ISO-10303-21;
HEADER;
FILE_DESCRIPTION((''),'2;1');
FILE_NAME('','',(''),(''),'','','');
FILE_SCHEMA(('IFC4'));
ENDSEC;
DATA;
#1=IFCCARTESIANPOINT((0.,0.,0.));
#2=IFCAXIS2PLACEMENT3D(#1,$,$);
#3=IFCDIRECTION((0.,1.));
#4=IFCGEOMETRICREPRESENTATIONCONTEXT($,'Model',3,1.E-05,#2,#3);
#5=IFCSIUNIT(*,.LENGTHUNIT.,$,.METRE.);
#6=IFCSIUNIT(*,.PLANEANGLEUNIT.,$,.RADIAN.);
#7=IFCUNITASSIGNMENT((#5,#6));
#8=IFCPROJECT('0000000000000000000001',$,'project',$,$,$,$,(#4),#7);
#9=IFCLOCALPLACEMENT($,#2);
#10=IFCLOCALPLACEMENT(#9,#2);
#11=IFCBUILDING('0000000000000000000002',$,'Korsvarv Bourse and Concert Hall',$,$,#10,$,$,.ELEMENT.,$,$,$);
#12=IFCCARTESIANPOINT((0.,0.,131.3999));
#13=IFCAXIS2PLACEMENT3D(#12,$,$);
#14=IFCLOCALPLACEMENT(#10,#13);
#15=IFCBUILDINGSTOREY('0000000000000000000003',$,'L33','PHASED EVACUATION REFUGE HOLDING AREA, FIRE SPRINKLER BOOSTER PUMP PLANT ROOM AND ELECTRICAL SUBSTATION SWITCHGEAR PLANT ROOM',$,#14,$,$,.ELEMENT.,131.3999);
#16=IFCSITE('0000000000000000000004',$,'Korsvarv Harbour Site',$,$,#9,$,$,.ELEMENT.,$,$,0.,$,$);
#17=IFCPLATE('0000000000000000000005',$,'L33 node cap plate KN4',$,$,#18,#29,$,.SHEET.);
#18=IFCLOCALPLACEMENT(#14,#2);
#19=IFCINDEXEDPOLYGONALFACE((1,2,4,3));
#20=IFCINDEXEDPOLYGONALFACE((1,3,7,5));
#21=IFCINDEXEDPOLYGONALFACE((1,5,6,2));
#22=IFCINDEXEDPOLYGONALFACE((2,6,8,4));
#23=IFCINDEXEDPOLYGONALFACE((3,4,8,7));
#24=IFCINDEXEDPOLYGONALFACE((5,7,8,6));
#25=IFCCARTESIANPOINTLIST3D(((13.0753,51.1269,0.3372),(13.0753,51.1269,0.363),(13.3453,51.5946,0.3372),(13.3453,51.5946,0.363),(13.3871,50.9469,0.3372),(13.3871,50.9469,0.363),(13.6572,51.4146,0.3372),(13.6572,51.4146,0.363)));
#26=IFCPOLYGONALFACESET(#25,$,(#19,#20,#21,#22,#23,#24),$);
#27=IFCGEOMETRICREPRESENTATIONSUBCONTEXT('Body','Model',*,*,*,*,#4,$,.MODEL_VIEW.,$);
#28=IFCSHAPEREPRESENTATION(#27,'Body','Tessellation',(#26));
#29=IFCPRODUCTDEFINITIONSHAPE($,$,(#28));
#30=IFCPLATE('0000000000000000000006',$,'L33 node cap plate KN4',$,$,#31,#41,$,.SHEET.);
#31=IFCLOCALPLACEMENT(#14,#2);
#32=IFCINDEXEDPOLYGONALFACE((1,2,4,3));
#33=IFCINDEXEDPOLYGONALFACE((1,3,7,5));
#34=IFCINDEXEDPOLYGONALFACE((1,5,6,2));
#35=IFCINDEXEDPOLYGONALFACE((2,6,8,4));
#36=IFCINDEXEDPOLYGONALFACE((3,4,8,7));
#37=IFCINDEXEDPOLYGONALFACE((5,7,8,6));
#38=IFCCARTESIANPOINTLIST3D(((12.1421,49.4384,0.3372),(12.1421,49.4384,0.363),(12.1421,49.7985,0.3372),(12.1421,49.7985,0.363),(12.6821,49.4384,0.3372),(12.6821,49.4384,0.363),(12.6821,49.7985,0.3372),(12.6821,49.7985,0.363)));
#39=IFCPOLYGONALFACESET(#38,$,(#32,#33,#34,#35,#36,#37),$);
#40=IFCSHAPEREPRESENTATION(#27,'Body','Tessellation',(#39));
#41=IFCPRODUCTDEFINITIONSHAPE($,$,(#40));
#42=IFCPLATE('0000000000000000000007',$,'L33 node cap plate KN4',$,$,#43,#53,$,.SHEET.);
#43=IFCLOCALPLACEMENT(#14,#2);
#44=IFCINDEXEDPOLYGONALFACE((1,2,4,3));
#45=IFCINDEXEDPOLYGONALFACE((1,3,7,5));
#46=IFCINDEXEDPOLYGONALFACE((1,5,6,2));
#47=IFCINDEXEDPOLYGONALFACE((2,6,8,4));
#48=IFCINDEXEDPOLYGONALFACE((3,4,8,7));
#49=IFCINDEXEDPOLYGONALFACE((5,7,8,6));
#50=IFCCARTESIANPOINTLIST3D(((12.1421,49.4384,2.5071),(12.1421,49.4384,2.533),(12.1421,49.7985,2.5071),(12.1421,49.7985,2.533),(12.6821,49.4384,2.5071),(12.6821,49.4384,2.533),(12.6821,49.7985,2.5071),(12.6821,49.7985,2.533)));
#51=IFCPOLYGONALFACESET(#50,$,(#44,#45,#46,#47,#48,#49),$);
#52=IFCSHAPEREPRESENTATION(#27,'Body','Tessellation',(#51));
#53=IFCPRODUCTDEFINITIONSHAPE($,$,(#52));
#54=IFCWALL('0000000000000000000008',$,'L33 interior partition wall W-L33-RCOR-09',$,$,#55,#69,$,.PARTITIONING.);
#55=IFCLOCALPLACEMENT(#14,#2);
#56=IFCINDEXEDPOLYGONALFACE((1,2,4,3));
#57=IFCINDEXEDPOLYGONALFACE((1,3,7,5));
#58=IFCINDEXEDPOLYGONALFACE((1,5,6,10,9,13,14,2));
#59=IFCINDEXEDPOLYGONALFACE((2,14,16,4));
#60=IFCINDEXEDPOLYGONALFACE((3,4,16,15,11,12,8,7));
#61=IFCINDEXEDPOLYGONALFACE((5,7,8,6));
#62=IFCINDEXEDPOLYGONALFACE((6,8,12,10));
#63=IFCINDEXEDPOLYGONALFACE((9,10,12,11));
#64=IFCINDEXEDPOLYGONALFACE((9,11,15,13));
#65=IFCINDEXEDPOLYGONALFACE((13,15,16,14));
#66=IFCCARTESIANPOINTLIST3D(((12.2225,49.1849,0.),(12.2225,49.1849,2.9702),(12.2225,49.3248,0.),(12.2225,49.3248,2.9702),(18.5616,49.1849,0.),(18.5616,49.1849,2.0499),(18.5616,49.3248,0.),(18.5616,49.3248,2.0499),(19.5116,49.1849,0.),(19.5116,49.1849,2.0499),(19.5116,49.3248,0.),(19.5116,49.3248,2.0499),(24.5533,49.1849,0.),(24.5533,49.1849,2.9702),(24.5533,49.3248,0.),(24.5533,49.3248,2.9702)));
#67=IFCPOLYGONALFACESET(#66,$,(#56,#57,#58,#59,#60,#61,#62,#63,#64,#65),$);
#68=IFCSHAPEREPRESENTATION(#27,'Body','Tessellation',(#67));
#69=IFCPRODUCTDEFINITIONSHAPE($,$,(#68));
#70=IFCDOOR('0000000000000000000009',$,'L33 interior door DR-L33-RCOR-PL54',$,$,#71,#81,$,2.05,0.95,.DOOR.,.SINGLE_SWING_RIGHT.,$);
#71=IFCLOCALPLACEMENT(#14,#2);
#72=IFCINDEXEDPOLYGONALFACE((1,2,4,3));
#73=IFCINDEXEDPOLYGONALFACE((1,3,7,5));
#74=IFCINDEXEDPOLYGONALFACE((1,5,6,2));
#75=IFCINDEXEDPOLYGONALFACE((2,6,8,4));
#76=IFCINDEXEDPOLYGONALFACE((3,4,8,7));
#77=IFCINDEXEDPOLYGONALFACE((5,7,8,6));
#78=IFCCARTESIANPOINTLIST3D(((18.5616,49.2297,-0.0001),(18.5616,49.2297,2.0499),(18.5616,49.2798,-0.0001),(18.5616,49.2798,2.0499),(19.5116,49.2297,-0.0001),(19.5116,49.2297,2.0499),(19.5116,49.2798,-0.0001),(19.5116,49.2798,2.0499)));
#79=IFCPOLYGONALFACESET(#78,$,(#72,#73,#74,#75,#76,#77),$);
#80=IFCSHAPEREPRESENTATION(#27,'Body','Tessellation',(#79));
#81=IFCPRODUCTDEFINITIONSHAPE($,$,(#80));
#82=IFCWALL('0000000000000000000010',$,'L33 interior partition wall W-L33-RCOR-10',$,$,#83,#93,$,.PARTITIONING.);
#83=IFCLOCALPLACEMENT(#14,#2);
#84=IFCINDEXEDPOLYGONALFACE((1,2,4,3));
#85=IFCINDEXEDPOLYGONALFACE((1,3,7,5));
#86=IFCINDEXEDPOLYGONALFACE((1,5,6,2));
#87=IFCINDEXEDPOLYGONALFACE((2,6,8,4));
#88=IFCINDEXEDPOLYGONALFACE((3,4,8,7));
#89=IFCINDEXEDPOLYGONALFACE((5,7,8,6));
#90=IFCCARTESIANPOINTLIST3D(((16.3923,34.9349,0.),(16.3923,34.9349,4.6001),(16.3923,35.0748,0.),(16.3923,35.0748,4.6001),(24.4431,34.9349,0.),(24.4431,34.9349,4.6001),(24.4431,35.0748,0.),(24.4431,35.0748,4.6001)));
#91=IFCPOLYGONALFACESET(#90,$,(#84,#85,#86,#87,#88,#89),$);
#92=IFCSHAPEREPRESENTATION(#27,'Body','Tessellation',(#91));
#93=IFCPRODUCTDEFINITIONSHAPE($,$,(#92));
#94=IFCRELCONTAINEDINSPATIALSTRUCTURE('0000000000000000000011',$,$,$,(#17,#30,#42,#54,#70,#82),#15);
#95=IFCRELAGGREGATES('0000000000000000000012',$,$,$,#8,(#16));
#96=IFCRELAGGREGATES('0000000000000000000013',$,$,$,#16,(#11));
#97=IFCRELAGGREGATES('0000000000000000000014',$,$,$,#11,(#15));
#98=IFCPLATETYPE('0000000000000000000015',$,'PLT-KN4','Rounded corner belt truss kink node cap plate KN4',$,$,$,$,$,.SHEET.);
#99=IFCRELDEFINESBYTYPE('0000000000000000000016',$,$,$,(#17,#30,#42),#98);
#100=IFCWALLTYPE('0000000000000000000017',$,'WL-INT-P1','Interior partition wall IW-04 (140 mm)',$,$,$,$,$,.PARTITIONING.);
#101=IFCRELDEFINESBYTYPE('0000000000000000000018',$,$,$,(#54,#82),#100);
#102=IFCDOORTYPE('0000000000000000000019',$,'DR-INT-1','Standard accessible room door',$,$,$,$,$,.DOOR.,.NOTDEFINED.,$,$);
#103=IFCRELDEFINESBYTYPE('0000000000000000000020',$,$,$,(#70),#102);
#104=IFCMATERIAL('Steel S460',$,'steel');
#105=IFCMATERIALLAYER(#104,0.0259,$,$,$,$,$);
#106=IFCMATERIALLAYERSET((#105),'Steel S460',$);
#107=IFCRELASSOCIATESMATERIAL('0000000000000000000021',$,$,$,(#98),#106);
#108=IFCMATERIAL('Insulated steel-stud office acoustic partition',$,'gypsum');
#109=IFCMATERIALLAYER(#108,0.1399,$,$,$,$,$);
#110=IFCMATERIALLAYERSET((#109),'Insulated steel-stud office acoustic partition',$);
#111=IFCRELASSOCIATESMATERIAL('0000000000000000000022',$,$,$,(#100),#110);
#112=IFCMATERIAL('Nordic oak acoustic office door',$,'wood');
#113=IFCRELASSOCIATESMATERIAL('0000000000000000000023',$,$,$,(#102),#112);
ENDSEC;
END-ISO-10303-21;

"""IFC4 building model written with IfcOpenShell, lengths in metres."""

from ifc_helpers import new_model, si_unit, direction, frame, frame_2d, origin, origin_2d, place, context, subcontext, project, spatial, rectangle, extrude, source, transform, mapped, material, layer, layer_set, type_object, element, fill, save


model = new_model("IFC4")

# Units and contexts
model_context = context("Model", 3, precision=1e-05, world=origin(), true_north=direction((0.0, 1.0)))
body_context = subcontext(model_context, "Body", "Model", "MODEL_VIEW")
ifc_project = project(units=[si_unit("LENGTHUNIT", "METRE"), si_unit("PLANEANGLEUNIT", "RADIAN")], contexts=[model_context])

# Site, building, storey
site_placement = place(None, origin())
site = spatial("IfcSite", under=ifc_project, at=site_placement, Name="Korsvarv Harbour Site", CompositionType="ELEMENT", RefElevation=0.0)
building_placement = place(site_placement, origin())
building = spatial("IfcBuilding", under=site, at=building_placement, Name="Korsvarv Bourse and Concert Hall", CompositionType="ELEMENT")
storey_placement = place(building_placement, frame((0.0, 0.0, 131.3999)))
storey = spatial("IfcBuildingStorey", under=building, at=storey_placement, Name="L33", Description="PHASED EVACUATION REFUGE HOLDING AREA, FIRE SPRINKLER BOOSTER PUMP PLANT ROOM AND ELECTRICAL SUBSTATION SWITCHGEAR PLANT ROOM", CompositionType="ELEMENT", Elevation=131.3999)

# Shared definitions
ifc_material_1 = material(Name="Steel S460", Category="steel")

# Plates
ifc_layer_1 = layer(ifc_material_1, 0.0259)
ifc_layer_set_1 = layer_set([ifc_layer_1], Name="Steel S460")
plate_type_1 = type_object("IfcPlateType", Name="PLT-KN4", Description="Rounded corner belt truss kink node cap plate KN4", PredefinedType="SHEET", material=ifc_layer_set_1)
shared_shape_1 = source(origin(), body_context, "Body", "SweptSolid", [
    extrude(rectangle(XDim=0.54, YDim=0.3601, at=origin_2d()), origin(), (0.0, 0.0, 1.0), 0.0259),
])
for number, where, z_axis, x_axis, name in (
    (1, (13.3662, 51.2708, 0.3372), (0.0, 0.0, 1.0), (0.5, 0.866025, 0.0), "L33 node cap plate KN4"),
    (2, (12.4121, 49.6184, 0.3372), (0.0, 0.0, 1.0), (1.0, 0.0, 0.0), "L33 node cap plate KN4"),
    (3, (12.4121, 49.6184, 2.5071), (0.0, 0.0, 1.0), (1.0, 0.0, 0.0), "L33 node cap plate KN4"),
):
    element("IfcPlate", number, at=place(storey_placement, frame(where, z_axis=z_axis, x_axis=x_axis)), inside=storey, type_object=plate_type_1, Name=name, PredefinedType="SHEET", context=body_context, shape_type="MappedRepresentation", body=[
        mapped(shared_shape_1, transform((0.0, 0.0, 0.0), scale=1.0)),
    ])

# Wall, opening, door
ifc_material_2 = material(Name="Insulated steel-stud office acoustic partition", Category="gypsum")
ifc_layer_2 = layer(ifc_material_2, 0.1399)
ifc_layer_set_2 = layer_set([ifc_layer_2], Name="Insulated steel-stud office acoustic partition")
wall_type = type_object("IfcWallType", Name="WL-INT-P1", Description="Interior partition wall IW-04 (140 mm)", PredefinedType="PARTITIONING", material=ifc_layer_set_2)
wall_1_placement = place(storey_placement, frame((12.2224, 49.2549, 0.0), z_axis=(0.0, 0.0, 1.0), x_axis=(1.0, 0.0, 0.0)))
wall_1 = element("IfcWall", 4, at=wall_1_placement, inside=storey, type_object=wall_type, Name="L33 interior partition wall W-L33-RCOR-09", PredefinedType="PARTITIONING", context=body_context, shape_type="SweptSolid", body=[
    extrude(rectangle(XDim=12.3308, YDim=0.1399, at=frame_2d((6.1655, 0.0))), origin(), (0.0, 0.0, 1.0), 2.9702),
])
opening_placement = place(wall_1_placement, frame((6.3391, 0.0, 0.0)))
opening = element("IfcOpeningElement", 5, at=opening_placement, cuts=wall_1, PredefinedType="OPENING", context=body_context, shape_type="SweptSolid", body=[
    extrude(rectangle(XDim=0.95, YDim=2.05, at=frame_2d((0.4751, 1.0249))), frame((0.0, 0.0801, 0.0), z_axis=(0.0, -1.0, 0.0), x_axis=(1.0, 0.0, 0.0)), (0.0, 0.0, 1.0), 0.1599),
])
ifc_material_3 = material(Name="Nordic oak acoustic office door", Category="wood")
door_type = type_object("IfcDoorType", Name="DR-INT-1", Description="Standard accessible room door", OperationType="NOTDEFINED", PredefinedType="DOOR", material=ifc_material_3)
door_placement = place(opening_placement, origin())
door = element("IfcDoor", 6, at=door_placement, inside=storey, type_object=door_type, Name="L33 interior door DR-L33-RCOR-PL54", OperationType="SINGLE_SWING_RIGHT", OverallHeight=2.05, OverallWidth=0.95, PredefinedType="DOOR", context=body_context, shape_type="SweptSolid", body=[
    extrude(rectangle(XDim=0.95, YDim=2.05, at=frame_2d((0.4751, 1.0249))), frame((0.0, 0.0249, 0.0), z_axis=(0.0, -1.0, 0.0), x_axis=(1.0, 0.0, 0.0)), (0.0, 0.0, 1.0), 0.05),
])
fill(opening, door)

# Wall
wall_2_placement = place(storey_placement, frame((16.3923, 35.0049, 0.0), z_axis=(0.0, 0.0, 1.0), x_axis=(1.0, 0.0, 0.0)))
element("IfcWall", 7, at=wall_2_placement, inside=storey, type_object=wall_type, Name="L33 interior partition wall W-L33-RCOR-10", PredefinedType="PARTITIONING", context=body_context, shape_type="SweptSolid", body=[
    extrude(rectangle(XDim=8.0508, YDim=0.1399, at=frame_2d((4.0254, 0.0))), origin(), (0.0, 0.0, 1.0), 4.6001),
])

save(model, "model.ifc")
